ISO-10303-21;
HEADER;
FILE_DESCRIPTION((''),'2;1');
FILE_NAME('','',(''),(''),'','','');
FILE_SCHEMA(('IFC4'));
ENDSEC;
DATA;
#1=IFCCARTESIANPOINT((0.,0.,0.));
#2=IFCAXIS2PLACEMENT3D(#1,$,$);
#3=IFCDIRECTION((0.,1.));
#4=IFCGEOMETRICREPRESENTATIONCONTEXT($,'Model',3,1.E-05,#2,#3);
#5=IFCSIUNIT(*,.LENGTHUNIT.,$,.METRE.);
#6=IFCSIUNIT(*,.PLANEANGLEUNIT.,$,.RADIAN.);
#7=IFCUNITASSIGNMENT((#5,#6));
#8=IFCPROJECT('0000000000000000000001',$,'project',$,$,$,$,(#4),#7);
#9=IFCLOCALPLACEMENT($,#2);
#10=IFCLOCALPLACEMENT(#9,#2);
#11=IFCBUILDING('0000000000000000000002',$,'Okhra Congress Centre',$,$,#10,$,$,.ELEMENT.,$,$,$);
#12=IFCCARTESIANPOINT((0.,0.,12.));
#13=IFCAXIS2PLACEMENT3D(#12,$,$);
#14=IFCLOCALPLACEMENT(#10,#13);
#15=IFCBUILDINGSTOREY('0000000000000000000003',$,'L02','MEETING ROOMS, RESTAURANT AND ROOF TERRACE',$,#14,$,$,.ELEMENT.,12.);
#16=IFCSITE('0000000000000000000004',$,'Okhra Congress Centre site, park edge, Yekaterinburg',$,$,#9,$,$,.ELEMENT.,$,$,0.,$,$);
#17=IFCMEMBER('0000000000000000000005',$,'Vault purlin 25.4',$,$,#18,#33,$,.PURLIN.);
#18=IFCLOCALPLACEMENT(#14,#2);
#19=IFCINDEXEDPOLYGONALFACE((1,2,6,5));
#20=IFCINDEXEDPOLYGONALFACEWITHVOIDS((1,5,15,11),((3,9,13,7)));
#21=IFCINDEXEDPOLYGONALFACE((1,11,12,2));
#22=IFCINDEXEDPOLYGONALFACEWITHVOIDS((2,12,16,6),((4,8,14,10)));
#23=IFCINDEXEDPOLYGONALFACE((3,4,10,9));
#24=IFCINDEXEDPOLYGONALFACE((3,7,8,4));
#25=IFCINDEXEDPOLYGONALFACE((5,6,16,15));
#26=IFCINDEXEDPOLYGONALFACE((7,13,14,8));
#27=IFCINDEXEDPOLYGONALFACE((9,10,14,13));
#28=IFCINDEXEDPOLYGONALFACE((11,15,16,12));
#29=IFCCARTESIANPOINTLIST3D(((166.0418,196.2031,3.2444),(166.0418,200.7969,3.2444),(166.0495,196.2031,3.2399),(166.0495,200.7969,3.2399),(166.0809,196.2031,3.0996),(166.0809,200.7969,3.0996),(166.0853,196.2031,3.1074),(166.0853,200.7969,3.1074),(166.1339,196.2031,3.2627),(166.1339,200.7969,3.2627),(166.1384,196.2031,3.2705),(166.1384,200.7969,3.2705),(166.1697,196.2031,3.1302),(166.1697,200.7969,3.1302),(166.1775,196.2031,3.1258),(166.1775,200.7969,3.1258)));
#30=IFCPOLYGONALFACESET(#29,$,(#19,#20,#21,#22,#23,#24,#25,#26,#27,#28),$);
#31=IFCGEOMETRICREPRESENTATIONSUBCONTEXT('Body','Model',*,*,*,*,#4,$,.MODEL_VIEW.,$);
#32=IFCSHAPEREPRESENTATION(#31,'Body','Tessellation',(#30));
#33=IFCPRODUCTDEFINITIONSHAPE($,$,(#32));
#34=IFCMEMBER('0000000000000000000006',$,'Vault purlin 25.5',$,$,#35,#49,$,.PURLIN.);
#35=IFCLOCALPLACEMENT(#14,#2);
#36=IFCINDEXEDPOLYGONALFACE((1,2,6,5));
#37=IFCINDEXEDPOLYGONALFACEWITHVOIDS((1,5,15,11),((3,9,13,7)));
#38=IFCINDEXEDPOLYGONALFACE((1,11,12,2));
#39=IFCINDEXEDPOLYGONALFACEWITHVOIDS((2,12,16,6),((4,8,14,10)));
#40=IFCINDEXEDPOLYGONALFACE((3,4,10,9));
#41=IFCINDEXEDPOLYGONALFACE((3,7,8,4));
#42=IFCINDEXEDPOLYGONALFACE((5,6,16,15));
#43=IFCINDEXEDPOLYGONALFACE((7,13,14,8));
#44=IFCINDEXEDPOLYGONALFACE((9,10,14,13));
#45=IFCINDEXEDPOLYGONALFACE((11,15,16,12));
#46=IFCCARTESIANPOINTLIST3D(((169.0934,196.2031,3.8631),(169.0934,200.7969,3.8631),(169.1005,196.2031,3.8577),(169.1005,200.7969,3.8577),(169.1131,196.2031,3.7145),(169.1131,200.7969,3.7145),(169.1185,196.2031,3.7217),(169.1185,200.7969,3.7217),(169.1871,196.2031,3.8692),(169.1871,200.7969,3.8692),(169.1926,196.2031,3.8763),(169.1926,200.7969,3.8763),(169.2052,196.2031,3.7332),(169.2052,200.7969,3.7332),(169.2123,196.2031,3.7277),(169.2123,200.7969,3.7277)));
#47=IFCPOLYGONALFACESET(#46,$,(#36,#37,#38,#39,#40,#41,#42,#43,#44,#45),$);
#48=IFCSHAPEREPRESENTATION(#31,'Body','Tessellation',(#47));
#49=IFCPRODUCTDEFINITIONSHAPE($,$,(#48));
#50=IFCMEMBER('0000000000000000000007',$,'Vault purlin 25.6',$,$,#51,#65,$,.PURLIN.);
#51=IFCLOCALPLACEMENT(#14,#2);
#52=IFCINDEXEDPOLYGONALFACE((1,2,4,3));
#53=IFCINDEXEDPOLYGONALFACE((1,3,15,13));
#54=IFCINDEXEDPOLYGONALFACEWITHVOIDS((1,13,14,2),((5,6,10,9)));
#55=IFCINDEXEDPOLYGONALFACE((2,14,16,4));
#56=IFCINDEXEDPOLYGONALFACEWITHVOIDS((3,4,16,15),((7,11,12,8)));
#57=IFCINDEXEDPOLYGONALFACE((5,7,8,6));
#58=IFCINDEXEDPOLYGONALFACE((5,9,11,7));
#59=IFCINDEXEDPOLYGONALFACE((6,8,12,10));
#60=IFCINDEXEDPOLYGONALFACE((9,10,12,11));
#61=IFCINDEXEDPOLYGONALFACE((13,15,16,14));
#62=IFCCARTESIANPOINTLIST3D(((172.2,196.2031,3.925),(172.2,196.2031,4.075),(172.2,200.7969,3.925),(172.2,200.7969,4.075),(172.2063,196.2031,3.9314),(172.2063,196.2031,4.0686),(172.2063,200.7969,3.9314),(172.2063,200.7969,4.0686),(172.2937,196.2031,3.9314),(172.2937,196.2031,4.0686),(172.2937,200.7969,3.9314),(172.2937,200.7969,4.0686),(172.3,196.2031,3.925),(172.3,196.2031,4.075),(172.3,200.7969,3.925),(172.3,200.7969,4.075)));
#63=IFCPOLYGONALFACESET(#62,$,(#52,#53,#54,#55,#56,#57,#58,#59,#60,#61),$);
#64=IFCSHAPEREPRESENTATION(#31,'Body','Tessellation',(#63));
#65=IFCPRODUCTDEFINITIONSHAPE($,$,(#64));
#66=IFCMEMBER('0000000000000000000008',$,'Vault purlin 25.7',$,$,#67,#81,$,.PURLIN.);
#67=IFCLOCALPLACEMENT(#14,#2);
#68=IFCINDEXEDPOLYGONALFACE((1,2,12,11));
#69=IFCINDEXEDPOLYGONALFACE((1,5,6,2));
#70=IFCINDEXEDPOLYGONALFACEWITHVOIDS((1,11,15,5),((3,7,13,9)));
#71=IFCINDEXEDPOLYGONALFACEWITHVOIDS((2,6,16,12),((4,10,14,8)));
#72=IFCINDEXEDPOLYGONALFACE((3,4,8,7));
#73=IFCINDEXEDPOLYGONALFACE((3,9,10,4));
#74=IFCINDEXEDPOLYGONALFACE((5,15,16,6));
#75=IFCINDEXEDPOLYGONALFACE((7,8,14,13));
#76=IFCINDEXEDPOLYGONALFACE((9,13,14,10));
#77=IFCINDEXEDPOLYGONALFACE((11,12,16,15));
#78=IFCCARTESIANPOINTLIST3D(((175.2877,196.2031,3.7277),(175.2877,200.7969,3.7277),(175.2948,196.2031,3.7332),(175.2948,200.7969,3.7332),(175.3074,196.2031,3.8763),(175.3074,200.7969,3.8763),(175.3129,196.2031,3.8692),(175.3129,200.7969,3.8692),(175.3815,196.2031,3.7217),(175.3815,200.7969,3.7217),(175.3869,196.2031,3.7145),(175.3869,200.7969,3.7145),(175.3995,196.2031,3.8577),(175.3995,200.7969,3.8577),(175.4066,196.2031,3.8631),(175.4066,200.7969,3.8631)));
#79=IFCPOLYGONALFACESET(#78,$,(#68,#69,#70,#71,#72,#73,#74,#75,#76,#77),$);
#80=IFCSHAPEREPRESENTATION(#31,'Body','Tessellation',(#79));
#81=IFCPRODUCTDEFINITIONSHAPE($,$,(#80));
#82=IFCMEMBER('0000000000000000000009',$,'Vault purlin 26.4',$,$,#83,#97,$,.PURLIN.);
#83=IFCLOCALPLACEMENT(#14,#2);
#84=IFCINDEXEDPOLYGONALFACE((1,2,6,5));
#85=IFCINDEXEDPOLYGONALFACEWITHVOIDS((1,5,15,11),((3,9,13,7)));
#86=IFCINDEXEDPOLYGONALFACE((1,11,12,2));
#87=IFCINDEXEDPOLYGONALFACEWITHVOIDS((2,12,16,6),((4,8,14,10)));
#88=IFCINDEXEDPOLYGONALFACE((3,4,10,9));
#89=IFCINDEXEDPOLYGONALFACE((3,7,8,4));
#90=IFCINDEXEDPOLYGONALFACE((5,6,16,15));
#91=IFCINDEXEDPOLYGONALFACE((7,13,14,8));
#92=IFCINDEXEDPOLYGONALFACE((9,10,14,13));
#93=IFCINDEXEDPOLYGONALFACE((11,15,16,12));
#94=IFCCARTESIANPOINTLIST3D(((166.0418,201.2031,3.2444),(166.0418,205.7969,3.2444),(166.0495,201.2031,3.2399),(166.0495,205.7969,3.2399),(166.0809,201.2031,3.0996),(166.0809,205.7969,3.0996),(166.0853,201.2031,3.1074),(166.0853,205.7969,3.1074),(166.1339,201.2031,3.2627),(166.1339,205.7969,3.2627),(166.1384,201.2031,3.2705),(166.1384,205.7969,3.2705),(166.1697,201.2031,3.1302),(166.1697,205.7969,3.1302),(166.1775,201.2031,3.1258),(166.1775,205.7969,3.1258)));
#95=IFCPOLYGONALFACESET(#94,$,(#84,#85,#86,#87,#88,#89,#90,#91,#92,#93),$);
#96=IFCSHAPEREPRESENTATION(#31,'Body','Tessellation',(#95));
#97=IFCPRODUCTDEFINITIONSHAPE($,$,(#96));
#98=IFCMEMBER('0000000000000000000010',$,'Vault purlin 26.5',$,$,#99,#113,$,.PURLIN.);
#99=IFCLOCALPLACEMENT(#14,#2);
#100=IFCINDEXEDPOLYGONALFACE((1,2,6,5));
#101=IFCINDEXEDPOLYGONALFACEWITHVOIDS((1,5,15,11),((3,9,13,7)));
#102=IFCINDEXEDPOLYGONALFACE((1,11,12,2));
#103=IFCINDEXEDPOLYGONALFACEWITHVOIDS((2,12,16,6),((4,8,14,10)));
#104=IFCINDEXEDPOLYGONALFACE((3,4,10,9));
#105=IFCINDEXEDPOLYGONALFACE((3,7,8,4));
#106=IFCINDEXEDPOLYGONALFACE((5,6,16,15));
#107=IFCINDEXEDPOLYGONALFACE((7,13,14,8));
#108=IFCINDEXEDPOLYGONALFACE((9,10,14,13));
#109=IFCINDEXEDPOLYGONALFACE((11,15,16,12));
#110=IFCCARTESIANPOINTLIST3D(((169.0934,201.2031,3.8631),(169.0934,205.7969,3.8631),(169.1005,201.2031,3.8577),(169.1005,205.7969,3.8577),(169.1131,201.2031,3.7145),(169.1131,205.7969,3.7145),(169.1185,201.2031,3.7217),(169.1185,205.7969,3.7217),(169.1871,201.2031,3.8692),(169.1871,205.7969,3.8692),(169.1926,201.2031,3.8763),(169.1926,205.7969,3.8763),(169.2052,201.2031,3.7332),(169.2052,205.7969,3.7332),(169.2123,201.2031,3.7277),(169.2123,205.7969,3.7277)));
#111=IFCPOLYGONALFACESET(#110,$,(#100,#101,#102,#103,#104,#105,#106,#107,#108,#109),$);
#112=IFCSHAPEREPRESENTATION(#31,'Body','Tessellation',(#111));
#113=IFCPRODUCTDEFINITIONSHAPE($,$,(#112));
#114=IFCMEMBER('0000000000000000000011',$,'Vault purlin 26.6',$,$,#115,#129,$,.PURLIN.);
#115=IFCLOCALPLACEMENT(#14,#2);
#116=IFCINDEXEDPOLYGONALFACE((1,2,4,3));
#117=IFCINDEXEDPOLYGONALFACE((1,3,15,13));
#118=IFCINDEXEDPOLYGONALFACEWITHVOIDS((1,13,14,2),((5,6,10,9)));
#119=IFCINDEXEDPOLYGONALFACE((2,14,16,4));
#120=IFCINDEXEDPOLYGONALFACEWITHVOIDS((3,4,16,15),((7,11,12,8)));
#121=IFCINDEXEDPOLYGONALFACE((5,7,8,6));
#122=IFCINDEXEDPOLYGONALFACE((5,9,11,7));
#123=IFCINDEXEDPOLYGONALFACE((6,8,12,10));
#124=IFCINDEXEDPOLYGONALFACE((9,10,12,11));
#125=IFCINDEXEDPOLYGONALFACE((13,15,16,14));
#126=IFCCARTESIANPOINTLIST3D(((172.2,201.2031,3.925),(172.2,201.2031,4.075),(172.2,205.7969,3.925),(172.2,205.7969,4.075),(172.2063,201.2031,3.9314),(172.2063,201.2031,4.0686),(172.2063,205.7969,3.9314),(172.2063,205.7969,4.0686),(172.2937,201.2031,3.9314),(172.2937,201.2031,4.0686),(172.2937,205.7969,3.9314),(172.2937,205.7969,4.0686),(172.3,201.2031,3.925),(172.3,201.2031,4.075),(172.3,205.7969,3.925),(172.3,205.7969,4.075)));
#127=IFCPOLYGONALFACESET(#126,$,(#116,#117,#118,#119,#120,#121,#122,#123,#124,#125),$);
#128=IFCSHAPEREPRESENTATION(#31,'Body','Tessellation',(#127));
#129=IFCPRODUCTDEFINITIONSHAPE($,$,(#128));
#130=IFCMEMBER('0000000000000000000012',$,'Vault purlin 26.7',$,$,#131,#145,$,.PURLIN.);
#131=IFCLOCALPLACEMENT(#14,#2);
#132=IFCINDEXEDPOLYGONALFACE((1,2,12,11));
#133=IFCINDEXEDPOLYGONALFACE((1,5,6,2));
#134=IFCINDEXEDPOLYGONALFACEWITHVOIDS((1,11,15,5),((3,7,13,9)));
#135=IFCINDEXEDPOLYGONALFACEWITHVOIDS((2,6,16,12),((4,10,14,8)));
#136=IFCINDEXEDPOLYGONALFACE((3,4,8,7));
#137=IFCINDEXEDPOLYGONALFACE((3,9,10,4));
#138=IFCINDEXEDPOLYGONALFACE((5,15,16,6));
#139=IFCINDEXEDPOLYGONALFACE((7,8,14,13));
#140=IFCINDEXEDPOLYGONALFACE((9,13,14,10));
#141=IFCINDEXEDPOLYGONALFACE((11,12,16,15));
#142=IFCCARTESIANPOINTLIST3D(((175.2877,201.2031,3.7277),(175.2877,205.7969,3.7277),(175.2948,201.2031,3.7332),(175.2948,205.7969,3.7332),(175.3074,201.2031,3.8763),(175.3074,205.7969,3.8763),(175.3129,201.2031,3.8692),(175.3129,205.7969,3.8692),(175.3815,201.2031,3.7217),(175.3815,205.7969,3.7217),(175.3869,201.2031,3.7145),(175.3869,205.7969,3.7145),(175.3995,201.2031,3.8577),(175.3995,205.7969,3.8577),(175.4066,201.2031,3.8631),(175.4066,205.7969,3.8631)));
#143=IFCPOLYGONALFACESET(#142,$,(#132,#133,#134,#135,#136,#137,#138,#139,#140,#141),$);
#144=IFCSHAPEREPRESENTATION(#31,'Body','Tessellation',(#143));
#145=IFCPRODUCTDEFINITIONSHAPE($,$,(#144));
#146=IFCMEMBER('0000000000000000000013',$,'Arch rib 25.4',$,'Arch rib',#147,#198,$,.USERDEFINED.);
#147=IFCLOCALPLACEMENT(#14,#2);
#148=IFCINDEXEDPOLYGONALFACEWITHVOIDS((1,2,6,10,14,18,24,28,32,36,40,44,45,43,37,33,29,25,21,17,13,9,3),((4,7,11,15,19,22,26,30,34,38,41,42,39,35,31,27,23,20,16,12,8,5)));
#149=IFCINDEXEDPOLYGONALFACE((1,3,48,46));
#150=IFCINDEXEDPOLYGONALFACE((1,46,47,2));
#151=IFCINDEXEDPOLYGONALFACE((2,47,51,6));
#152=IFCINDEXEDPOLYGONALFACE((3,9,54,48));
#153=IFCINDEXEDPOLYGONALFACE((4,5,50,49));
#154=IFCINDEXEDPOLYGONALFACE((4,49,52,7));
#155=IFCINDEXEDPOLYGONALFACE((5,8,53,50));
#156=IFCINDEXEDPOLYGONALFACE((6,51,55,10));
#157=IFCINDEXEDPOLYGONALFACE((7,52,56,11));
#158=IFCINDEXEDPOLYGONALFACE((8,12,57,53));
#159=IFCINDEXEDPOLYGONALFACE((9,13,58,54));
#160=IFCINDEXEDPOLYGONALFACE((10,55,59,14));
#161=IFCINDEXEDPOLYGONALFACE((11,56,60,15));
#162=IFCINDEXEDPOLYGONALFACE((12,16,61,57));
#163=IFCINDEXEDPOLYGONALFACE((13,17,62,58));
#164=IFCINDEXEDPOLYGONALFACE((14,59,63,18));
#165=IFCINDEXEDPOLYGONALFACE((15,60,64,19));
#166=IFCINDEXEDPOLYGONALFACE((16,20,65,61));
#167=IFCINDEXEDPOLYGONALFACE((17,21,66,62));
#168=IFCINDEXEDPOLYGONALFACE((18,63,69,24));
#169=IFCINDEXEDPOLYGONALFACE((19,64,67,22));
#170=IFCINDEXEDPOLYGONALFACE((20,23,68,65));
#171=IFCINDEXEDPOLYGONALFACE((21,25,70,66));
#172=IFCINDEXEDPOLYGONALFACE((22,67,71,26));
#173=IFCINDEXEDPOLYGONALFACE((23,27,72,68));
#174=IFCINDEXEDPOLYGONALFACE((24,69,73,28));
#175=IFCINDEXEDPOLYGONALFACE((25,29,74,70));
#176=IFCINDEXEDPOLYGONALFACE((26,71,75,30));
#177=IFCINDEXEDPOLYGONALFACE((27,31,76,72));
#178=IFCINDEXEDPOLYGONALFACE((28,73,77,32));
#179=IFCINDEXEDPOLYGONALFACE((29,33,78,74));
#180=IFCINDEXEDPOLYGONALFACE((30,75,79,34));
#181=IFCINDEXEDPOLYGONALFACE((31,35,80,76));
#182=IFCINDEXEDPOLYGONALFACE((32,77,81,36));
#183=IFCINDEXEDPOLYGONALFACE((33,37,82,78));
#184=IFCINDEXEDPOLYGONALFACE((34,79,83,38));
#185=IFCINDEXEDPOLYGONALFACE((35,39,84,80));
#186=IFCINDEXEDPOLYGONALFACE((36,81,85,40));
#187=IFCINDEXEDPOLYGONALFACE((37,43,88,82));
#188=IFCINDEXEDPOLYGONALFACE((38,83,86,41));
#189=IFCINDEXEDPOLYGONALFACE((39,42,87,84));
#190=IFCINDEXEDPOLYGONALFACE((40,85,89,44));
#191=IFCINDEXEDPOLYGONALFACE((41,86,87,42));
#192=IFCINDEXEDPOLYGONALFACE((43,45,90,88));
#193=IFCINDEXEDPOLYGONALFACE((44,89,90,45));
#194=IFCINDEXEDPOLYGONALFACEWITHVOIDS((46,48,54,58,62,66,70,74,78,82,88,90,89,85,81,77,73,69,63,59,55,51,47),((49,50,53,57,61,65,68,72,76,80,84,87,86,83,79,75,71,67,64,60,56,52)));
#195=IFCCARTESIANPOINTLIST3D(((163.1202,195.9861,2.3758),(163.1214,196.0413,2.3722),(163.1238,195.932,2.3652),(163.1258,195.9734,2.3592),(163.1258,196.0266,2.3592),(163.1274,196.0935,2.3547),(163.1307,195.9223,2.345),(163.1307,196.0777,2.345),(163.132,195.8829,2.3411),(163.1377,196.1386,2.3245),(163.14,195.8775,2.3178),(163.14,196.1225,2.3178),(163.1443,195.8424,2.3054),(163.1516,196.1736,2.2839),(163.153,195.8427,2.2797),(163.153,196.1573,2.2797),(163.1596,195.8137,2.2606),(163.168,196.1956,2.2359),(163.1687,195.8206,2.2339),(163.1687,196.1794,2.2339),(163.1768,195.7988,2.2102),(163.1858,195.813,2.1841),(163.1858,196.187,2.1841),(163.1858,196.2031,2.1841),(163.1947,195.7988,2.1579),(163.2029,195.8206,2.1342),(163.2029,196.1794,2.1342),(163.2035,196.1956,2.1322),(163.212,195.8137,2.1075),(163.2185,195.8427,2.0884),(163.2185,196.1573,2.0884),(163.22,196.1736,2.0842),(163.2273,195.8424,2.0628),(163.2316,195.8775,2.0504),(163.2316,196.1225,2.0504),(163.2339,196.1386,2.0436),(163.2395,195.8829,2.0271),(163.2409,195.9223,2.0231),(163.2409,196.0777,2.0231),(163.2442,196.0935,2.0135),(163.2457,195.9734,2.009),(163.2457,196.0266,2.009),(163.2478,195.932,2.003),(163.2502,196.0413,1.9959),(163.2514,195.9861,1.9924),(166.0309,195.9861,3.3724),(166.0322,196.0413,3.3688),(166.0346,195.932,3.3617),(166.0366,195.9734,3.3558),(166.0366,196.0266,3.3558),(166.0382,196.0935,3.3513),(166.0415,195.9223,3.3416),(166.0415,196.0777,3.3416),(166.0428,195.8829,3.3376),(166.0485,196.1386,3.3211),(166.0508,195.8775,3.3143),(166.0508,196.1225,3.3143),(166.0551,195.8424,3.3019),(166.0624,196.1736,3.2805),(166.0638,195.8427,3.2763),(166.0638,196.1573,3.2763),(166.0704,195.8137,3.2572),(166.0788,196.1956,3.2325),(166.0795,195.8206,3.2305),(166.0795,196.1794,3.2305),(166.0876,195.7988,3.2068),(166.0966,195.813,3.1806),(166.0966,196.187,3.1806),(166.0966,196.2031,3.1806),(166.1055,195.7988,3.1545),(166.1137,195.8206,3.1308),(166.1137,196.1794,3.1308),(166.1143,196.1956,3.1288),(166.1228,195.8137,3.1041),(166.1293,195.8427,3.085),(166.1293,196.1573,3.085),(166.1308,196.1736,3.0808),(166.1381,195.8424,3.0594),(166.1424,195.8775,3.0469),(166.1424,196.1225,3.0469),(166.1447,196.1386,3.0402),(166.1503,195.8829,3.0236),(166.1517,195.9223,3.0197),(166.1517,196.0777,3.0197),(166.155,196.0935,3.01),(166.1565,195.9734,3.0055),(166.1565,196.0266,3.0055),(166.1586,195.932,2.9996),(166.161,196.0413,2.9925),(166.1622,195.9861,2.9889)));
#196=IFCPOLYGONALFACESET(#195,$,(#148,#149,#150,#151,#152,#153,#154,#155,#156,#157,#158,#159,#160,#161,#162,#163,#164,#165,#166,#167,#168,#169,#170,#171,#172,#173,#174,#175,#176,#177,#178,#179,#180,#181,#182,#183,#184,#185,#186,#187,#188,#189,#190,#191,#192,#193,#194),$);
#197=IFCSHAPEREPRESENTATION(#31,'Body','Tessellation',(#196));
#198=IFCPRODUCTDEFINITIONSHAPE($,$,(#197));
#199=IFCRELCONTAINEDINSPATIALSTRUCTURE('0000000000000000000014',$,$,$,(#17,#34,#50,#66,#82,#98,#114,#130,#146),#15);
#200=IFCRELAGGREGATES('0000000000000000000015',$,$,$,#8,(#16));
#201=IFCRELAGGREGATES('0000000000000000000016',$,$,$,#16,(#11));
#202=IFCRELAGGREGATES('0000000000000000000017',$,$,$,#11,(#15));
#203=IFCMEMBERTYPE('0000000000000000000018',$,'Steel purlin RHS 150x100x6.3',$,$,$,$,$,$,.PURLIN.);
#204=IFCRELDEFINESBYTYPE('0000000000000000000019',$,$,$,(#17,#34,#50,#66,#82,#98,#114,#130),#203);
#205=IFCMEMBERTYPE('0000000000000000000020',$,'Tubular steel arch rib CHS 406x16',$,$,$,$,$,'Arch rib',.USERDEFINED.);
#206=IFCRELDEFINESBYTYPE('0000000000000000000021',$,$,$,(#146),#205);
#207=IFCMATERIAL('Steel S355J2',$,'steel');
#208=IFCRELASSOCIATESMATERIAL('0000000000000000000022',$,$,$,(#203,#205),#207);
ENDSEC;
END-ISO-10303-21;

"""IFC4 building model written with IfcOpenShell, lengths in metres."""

from ifc_helpers import new_model, si_unit, direction, frame, origin, origin_2d, place, context, subcontext, project, spatial, hollow_rectangle, hollow_circle, extrude, material, material_profile, profile_set, type_object, element, save


model = new_model("IFC4")

# Units and contexts
model_context = context("Model", 3, precision=1e-05, world=origin(), true_north=direction((0.0, 1.0)))
body_context = subcontext(model_context, "Body", "Model", "MODEL_VIEW")
ifc_project = project(units=[si_unit("LENGTHUNIT", "METRE"), si_unit("PLANEANGLEUNIT", "RADIAN")], contexts=[model_context])

# Site, building, storey
site_placement = place(None, origin())
site = spatial("IfcSite", under=ifc_project, at=site_placement, Name="Okhra Congress Centre site, park edge, Yekaterinburg", CompositionType="ELEMENT", RefElevation=0.0)
building_placement = place(site_placement, origin())
building = spatial("IfcBuilding", under=site, at=building_placement, Name="Okhra Congress Centre", CompositionType="ELEMENT")
storey_placement = place(building_placement, frame((0.0, 0.0, 12.0)))
storey = spatial("IfcBuildingStorey", under=building, at=storey_placement, Name="L02", Description="MEETING ROOMS, RESTAURANT AND ROOF TERRACE", CompositionType="ELEMENT", Elevation=12.0)

# Members
ifc_material_1 = material(Name="Steel S355J2", Category="steel")
ifc_material_profile_1 = material_profile(ifc_material_1, hollow_rectangle(XDim=0.1001, YDim=0.1499, WallThickness=0.0063, at=origin_2d()), Name="RHS 150x100x6.3")
ifc_profile_set_1 = profile_set([ifc_material_profile_1], Name="Steel S355J2")
member_type_1 = type_object("IfcMemberType", Name="Steel purlin RHS 150x100x6.3", PredefinedType="PURLIN", material=ifc_profile_set_1)
for number, where, z_axis, x_axis, name in (
    (1, (166.1096, 196.2031, 3.1851), (0.0, 1.0, 0.0), (-0.96538, 0.0, -0.260848), "Vault purlin 25.4"),
    (2, (169.1528, 196.2031, 3.7954), (0.0, 1.0, 0.0), (-0.991307, 0.0, -0.131568), "Vault purlin 25.5"),
    (3, (172.25, 196.2031, 4.0), (0.0, 1.0, 0.0), (-1.0, 0.0, 0.0), "Vault purlin 25.6"),
    (4, (175.3472, 196.2031, 3.7954), (0.0, 1.0, 0.0), (-0.991307, 0.0, 0.131568), "Vault purlin 25.7"),
    (5, (166.1096, 201.2031, 3.1851), (0.0, 1.0, 0.0), (-0.96538, 0.0, -0.260848), "Vault purlin 26.4"),
    (6, (169.1528, 201.2031, 3.7954), (0.0, 1.0, 0.0), (-0.991307, 0.0, -0.131568), "Vault purlin 26.5"),
    (7, (172.25, 201.2031, 4.0), (0.0, 1.0, 0.0), (-1.0, 0.0, 0.0), "Vault purlin 26.6"),
    (8, (175.3472, 201.2031, 3.7954), (0.0, 1.0, 0.0), (-0.991307, 0.0, 0.131568), "Vault purlin 26.7"),
):
    element("IfcMember", number, at=place(storey_placement, frame(where, z_axis=z_axis, x_axis=x_axis)), inside=storey, type_object=member_type_1, Name=name, PredefinedType="PURLIN", context=body_context, shape_type="SweptSolid", body=[
        extrude(hollow_rectangle(XDim=0.1001, YDim=0.1499, WallThickness=0.0063, at=origin_2d()), origin(), (0.0, 0.0, 1.0), 4.5938),
    ])
ifc_material_profile_2 = material_profile(ifc_material_1, hollow_circle(Radius=0.2031, WallThickness=0.0161, at=origin_2d()), Name="CHS 406.4x16")
ifc_profile_set_2 = profile_set([ifc_material_profile_2], Name="Steel S355J2")
member_type_2 = type_object("IfcMemberType", Name="Tubular steel arch rib CHS 406x16", ElementType="Arch rib", PredefinedType="USERDEFINED", material=ifc_profile_set_2)
member_1_placement = place(storey_placement, frame((163.1858, 196.0, 2.1841), z_axis=(0.946089, 0.0, 0.323906), x_axis=(0.0, 1.0, 0.0)))
element("IfcMember", 9, at=member_1_placement, inside=storey, type_object=member_type_2, Name="Arch rib 25.4", ObjectType="Arch rib", PredefinedType="USERDEFINED", context=body_context, shape_type="SweptSolid", body=[
    extrude(hollow_circle(Radius=0.2031, WallThickness=0.0161, at=origin_2d()), origin(), (0.0, 0.0, 1.0), 3.0767),
])

save(model, "model.ifc")
